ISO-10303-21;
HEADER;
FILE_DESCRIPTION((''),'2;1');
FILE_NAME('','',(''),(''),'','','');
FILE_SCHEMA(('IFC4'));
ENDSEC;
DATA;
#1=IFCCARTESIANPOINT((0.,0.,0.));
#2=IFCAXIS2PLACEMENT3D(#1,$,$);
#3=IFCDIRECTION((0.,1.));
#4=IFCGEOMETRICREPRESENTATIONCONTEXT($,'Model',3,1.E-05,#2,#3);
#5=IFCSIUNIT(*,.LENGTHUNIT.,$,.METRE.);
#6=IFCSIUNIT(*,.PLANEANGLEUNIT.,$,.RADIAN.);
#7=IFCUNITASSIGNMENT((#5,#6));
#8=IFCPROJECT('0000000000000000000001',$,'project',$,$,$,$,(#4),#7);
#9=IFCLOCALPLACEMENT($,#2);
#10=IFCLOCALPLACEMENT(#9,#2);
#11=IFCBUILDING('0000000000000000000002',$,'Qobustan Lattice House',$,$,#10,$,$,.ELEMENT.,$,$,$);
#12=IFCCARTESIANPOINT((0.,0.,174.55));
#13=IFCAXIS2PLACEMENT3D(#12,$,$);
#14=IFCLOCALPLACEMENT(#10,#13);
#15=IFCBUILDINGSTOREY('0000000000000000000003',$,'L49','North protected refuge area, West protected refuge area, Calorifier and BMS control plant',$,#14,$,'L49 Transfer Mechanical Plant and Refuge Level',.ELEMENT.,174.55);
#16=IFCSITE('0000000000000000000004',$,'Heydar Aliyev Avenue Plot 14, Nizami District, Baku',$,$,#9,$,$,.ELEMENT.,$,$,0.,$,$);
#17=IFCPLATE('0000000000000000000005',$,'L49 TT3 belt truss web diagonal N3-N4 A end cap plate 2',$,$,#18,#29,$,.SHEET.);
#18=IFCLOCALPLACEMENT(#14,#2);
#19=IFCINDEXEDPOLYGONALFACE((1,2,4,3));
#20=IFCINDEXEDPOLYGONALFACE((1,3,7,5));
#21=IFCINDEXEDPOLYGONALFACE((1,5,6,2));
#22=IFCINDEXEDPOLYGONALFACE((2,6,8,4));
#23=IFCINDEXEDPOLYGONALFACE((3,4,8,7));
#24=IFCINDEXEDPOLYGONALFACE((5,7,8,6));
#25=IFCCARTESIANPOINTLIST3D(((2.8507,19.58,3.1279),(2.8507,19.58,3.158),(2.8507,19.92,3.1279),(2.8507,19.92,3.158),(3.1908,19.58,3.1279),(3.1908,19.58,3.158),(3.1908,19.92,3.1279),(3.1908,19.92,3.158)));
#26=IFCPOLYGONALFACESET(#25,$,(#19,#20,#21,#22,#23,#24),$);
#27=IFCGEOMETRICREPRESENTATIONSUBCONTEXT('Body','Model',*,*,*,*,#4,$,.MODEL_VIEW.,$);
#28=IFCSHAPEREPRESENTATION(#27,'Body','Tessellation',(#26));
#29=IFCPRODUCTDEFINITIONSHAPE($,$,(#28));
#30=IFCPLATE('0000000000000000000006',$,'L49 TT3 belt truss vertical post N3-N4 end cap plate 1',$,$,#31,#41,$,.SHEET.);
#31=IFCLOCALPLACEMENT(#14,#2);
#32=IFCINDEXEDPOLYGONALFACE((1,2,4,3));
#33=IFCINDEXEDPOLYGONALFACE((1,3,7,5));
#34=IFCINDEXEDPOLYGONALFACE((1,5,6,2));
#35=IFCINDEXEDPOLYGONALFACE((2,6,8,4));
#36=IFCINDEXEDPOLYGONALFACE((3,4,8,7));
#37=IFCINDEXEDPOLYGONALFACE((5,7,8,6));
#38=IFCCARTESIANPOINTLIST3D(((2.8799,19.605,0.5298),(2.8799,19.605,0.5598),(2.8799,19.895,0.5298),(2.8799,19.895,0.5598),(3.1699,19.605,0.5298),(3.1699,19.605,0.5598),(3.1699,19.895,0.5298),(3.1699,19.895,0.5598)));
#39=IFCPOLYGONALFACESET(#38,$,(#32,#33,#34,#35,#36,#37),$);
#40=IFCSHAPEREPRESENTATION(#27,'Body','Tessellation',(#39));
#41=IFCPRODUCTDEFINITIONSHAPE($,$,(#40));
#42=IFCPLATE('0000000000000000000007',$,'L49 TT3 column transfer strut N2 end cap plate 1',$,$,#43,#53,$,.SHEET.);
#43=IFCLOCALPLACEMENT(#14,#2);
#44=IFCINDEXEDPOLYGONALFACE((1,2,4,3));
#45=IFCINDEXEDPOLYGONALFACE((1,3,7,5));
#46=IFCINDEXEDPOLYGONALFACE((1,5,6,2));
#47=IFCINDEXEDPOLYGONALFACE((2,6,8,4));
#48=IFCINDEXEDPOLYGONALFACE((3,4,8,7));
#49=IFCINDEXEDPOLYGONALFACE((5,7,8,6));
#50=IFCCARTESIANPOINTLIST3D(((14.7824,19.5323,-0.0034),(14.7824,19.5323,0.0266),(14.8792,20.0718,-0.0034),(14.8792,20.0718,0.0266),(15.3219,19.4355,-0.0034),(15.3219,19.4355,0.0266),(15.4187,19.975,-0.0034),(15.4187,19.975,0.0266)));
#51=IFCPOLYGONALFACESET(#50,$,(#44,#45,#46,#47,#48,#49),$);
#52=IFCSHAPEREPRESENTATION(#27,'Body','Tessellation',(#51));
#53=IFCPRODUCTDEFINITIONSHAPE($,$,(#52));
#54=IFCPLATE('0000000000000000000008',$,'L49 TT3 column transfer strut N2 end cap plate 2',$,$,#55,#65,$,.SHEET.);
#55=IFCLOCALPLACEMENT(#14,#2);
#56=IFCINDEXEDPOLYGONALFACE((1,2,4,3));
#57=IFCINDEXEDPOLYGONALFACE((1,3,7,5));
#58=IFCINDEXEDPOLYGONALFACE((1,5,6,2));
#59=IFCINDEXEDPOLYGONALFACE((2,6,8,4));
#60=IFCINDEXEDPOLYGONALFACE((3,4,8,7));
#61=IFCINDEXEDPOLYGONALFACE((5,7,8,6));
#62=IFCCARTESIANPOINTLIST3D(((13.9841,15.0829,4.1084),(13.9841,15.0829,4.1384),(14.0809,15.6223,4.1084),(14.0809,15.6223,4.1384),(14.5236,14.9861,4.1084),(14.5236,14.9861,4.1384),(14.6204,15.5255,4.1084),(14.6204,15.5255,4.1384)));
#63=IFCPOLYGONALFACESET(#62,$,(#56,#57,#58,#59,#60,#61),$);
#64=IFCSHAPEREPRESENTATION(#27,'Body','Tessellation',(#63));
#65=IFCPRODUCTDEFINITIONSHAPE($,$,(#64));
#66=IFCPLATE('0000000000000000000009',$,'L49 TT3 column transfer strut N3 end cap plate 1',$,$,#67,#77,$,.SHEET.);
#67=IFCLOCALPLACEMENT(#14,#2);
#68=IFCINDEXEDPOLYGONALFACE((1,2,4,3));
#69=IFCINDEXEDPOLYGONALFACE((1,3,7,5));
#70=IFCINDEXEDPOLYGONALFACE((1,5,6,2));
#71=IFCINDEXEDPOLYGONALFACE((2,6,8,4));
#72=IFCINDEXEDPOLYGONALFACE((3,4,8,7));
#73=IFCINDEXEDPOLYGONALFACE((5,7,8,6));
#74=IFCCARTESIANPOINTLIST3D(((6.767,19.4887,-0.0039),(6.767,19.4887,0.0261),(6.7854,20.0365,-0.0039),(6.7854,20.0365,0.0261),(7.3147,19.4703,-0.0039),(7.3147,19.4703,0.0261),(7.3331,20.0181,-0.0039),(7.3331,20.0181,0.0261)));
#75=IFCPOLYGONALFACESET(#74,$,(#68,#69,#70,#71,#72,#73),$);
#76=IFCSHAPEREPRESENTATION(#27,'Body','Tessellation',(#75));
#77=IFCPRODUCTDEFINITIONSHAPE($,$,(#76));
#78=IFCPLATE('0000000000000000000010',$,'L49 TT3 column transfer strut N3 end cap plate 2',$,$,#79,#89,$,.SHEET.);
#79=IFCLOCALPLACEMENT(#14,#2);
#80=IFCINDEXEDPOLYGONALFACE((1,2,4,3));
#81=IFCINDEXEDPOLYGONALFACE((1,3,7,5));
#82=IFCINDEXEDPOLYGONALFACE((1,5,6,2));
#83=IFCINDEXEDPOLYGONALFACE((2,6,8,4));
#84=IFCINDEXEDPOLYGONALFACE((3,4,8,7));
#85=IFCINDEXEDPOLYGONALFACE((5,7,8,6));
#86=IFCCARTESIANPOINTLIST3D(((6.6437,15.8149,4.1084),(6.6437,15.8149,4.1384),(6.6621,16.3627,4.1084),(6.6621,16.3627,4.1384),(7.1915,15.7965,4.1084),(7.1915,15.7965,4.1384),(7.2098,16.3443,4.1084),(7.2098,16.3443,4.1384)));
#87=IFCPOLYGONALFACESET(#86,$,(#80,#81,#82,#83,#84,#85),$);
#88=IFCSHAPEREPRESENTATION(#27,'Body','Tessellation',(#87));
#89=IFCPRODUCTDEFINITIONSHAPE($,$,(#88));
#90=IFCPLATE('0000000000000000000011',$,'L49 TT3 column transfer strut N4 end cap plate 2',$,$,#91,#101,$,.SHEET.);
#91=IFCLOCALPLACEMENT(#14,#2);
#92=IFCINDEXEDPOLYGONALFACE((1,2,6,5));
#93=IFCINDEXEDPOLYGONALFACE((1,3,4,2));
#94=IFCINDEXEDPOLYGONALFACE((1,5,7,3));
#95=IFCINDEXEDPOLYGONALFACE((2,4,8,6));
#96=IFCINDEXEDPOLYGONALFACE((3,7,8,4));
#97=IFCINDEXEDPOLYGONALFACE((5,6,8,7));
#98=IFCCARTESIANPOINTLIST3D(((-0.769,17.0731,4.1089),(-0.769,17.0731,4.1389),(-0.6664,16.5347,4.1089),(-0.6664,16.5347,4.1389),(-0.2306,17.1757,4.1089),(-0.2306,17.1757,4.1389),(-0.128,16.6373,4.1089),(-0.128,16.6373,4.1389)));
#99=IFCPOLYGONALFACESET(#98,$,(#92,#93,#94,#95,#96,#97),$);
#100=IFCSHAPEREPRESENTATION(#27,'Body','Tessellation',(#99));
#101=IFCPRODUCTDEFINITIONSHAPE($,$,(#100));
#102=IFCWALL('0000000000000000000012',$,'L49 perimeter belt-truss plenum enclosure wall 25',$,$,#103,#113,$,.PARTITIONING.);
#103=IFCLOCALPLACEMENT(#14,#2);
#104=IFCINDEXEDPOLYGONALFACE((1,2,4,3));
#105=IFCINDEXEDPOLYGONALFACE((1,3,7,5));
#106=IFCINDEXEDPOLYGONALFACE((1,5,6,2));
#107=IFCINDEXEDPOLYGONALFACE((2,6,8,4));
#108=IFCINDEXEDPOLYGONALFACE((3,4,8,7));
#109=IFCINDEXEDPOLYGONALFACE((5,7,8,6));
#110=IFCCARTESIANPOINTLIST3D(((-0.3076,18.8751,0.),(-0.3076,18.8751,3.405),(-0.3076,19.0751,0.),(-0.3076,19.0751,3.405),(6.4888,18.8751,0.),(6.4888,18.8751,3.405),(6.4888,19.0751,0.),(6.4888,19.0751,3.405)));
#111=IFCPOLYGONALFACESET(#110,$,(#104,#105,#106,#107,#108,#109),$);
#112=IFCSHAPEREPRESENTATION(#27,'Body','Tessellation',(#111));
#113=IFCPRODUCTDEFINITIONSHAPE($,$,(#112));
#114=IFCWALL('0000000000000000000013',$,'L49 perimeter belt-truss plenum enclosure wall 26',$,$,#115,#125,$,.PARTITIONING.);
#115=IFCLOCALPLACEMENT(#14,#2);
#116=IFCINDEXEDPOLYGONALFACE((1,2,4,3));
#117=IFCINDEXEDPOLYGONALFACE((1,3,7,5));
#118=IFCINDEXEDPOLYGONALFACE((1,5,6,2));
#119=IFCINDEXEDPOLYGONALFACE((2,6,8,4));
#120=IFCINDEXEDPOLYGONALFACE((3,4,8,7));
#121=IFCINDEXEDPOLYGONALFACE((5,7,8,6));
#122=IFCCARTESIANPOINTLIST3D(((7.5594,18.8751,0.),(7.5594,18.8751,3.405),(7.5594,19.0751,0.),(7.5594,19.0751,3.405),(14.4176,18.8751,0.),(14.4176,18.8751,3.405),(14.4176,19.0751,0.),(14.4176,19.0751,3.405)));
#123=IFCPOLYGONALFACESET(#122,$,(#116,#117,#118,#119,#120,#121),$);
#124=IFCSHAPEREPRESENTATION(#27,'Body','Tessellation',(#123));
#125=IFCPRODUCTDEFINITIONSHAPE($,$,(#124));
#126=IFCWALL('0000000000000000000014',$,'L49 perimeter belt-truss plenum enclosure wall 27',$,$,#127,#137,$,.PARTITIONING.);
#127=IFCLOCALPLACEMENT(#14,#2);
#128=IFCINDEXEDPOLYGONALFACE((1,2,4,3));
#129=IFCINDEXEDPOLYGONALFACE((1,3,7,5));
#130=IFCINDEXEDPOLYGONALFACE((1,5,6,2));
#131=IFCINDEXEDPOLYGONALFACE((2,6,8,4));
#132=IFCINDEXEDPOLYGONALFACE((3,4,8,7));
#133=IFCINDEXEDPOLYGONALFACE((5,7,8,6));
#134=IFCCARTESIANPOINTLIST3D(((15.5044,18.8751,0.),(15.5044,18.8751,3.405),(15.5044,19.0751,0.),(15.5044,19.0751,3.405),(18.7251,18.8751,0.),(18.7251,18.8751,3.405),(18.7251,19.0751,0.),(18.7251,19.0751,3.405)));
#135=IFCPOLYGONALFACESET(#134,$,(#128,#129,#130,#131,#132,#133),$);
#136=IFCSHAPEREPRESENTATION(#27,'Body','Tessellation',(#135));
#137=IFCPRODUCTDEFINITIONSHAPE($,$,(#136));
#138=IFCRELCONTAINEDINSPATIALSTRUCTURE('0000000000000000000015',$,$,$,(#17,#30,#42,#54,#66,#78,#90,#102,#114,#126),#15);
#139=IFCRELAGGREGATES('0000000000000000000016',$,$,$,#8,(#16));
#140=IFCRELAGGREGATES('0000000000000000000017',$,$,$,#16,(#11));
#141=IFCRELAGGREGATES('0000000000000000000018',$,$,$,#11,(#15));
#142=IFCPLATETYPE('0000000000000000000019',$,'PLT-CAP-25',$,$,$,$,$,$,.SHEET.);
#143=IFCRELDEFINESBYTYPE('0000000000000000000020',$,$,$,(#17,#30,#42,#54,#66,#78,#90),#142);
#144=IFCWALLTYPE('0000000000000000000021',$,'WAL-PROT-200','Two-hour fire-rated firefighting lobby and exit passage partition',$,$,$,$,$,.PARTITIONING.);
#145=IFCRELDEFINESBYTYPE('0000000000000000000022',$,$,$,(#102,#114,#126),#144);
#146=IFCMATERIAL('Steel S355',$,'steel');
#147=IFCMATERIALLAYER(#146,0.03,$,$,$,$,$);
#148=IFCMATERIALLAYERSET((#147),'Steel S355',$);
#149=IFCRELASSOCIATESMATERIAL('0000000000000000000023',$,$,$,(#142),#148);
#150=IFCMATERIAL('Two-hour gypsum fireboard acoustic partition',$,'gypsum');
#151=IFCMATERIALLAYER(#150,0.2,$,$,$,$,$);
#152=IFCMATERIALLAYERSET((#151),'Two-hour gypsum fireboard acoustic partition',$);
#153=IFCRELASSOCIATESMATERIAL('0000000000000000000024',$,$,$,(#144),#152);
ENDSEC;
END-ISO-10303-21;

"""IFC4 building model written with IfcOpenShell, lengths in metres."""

from ifc_helpers import new_model, si_unit, direction, frame, frame_2d, origin, origin_2d, place, context, subcontext, project, spatial, rectangle, extrude, material, layer, layer_set, type_object, element, save


model = new_model("IFC4")

# Units and contexts
model_context = context("Model", 3, precision=1e-05, world=origin(), true_north=direction((0.0, 1.0)))
body_context = subcontext(model_context, "Body", "Model", "MODEL_VIEW")
ifc_project = project(units=[si_unit("LENGTHUNIT", "METRE"), si_unit("PLANEANGLEUNIT", "RADIAN")], contexts=[model_context])

# Site, building, storey
site_placement = place(None, origin())
site = spatial("IfcSite", under=ifc_project, at=site_placement, Name="Heydar Aliyev Avenue Plot 14, Nizami District, Baku", CompositionType="ELEMENT", RefElevation=0.0)
building_placement = place(site_placement, origin())
building = spatial("IfcBuilding", under=site, at=building_placement, Name="Qobustan Lattice House", CompositionType="ELEMENT")
storey_placement = place(building_placement, frame((0.0, 0.0, 174.55)))
storey = spatial("IfcBuildingStorey", under=building, at=storey_placement, Name="L49", Description="North protected refuge area, West protected refuge area, Calorifier and BMS control plant", LongName="L49 Transfer Mechanical Plant and Refuge Level", CompositionType="ELEMENT", Elevation=174.55)

# Plates
ifc_material_1 = material(Name="Steel S355", Category="steel")
ifc_layer_1 = layer(ifc_material_1, 0.03)
ifc_layer_set_1 = layer_set([ifc_layer_1], Name="Steel S355")
plate_type = type_object("IfcPlateType", Name="PLT-CAP-25", PredefinedType="SHEET", material=ifc_layer_set_1)
plate_1_placement = place(storey_placement, frame((3.0208, 19.75, 3.1279), z_axis=(0.0, 0.0, 1.0), x_axis=(-1.0, 0.0, 0.0)))
element("IfcPlate", 1, at=plate_1_placement, inside=storey, type_object=plate_type, Name="L49 TT3 belt truss web diagonal N3-N4 A end cap plate 2", PredefinedType="SHEET", context=body_context, shape_type="SweptSolid", body=[
    extrude(rectangle(XDim=0.3401, YDim=0.3401, at=origin_2d()), origin(), (0.0, 0.0, 1.0), 0.03),
])
plate_2_placement = place(storey_placement, frame((3.0249, 19.75, 0.5298), z_axis=(0.0, 0.0, 1.0), x_axis=(1.0, 0.0, 0.0)))
element("IfcPlate", 2, at=plate_2_placement, inside=storey, type_object=plate_type, Name="L49 TT3 belt truss vertical post N3-N4 end cap plate 1", PredefinedType="SHEET", context=body_context, shape_type="SweptSolid", body=[
    extrude(rectangle(XDim=0.29, YDim=0.29, at=origin_2d()), origin(), (0.0, 0.0, 1.0), 0.03),
])
for number, where, z_axis, x_axis, name in (
    (3, (15.1006, 19.7537, -0.0034), (0.0, 0.0, 1.0), (-0.176621, -0.984279, 0.0), "L49 TT3 column transfer strut N2 end cap plate 1"),
    (4, (14.3022, 15.3042, 4.1084), (0.0, 0.0, 1.0), (-0.176621, -0.984279, 0.0), "L49 TT3 column transfer strut N2 end cap plate 2"),
    (5, (7.05, 19.7534, -0.0039), (0.0, 0.0, 1.0), (-0.033556, -0.999437, 0.0), "L49 TT3 column transfer strut N3 end cap plate 1"),
    (6, (6.9268, 16.0796, 4.1084), (0.0, 0.0, 1.0), (-0.033556, -0.999437, 0.0), "L49 TT3 column transfer strut N3 end cap plate 2"),
    (7, (-0.4485, 16.8552, 4.1089), (0.0, 0.0, 1.0), (0.187141, -0.982333, 0.0), "L49 TT3 column transfer strut N4 end cap plate 2"),
):
    element("IfcPlate", number, at=place(storey_placement, frame(where, z_axis=z_axis, x_axis=x_axis)), inside=storey, type_object=plate_type, Name=name, PredefinedType="SHEET", context=body_context, shape_type="SweptSolid", body=[
        extrude(rectangle(XDim=0.5481, YDim=0.5481, at=origin_2d()), origin(), (0.0, 0.0, 1.0), 0.03),
    ])

# Walls
ifc_material_2 = material(Name="Two-hour gypsum fireboard acoustic partition", Category="gypsum")
ifc_layer_2 = layer(ifc_material_2, 0.2)
ifc_layer_set_2 = layer_set([ifc_layer_2], Name="Two-hour gypsum fireboard acoustic partition")
wall_type = type_object("IfcWallType", Name="WAL-PROT-200", Description="Two-hour fire-rated firefighting lobby and exit passage partition", PredefinedType="PARTITIONING", material=ifc_layer_set_2)
wall_1_placement = place(storey_placement, frame((-0.3076, 18.9751, 0.0), z_axis=(0.0, 0.0, 1.0), x_axis=(1.0, 0.0, 0.0)))
element("IfcWall", 8, at=wall_1_placement, inside=storey, type_object=wall_type, Name="L49 perimeter belt-truss plenum enclosure wall 25", PredefinedType="PARTITIONING", context=body_context, shape_type="SweptSolid", body=[
    extrude(rectangle(XDim=6.7964, YDim=0.2, at=frame_2d((3.3982, 0.0))), origin(), (0.0, 0.0, 1.0), 3.405),
])
wall_2_placement = place(storey_placement, frame((7.5593, 18.9751, 0.0), z_axis=(0.0, 0.0, 1.0), x_axis=(1.0, 0.0, 0.0)))
element("IfcWall", 9, at=wall_2_placement, inside=storey, type_object=wall_type, Name="L49 perimeter belt-truss plenum enclosure wall 26", PredefinedType="PARTITIONING", context=body_context, shape_type="SweptSolid", body=[
    extrude(rectangle(XDim=6.8582, YDim=0.2, at=frame_2d((3.4292, 0.0))), origin(), (0.0, 0.0, 1.0), 3.405),
])
wall_3_placement = place(storey_placement, frame((15.5044, 18.9751, 0.0), z_axis=(0.0, 0.0, 1.0), x_axis=(1.0, 0.0, 0.0)))
element("IfcWall", 10, at=wall_3_placement, inside=storey, type_object=wall_type, Name="L49 perimeter belt-truss plenum enclosure wall 27", PredefinedType="PARTITIONING", context=body_context, shape_type="SweptSolid", body=[
    extrude(rectangle(XDim=3.2207, YDim=0.2, at=frame_2d((1.6104, 0.0))), origin(), (0.0, 0.0, 1.0), 3.405),
])

save(model, "model.ifc")
